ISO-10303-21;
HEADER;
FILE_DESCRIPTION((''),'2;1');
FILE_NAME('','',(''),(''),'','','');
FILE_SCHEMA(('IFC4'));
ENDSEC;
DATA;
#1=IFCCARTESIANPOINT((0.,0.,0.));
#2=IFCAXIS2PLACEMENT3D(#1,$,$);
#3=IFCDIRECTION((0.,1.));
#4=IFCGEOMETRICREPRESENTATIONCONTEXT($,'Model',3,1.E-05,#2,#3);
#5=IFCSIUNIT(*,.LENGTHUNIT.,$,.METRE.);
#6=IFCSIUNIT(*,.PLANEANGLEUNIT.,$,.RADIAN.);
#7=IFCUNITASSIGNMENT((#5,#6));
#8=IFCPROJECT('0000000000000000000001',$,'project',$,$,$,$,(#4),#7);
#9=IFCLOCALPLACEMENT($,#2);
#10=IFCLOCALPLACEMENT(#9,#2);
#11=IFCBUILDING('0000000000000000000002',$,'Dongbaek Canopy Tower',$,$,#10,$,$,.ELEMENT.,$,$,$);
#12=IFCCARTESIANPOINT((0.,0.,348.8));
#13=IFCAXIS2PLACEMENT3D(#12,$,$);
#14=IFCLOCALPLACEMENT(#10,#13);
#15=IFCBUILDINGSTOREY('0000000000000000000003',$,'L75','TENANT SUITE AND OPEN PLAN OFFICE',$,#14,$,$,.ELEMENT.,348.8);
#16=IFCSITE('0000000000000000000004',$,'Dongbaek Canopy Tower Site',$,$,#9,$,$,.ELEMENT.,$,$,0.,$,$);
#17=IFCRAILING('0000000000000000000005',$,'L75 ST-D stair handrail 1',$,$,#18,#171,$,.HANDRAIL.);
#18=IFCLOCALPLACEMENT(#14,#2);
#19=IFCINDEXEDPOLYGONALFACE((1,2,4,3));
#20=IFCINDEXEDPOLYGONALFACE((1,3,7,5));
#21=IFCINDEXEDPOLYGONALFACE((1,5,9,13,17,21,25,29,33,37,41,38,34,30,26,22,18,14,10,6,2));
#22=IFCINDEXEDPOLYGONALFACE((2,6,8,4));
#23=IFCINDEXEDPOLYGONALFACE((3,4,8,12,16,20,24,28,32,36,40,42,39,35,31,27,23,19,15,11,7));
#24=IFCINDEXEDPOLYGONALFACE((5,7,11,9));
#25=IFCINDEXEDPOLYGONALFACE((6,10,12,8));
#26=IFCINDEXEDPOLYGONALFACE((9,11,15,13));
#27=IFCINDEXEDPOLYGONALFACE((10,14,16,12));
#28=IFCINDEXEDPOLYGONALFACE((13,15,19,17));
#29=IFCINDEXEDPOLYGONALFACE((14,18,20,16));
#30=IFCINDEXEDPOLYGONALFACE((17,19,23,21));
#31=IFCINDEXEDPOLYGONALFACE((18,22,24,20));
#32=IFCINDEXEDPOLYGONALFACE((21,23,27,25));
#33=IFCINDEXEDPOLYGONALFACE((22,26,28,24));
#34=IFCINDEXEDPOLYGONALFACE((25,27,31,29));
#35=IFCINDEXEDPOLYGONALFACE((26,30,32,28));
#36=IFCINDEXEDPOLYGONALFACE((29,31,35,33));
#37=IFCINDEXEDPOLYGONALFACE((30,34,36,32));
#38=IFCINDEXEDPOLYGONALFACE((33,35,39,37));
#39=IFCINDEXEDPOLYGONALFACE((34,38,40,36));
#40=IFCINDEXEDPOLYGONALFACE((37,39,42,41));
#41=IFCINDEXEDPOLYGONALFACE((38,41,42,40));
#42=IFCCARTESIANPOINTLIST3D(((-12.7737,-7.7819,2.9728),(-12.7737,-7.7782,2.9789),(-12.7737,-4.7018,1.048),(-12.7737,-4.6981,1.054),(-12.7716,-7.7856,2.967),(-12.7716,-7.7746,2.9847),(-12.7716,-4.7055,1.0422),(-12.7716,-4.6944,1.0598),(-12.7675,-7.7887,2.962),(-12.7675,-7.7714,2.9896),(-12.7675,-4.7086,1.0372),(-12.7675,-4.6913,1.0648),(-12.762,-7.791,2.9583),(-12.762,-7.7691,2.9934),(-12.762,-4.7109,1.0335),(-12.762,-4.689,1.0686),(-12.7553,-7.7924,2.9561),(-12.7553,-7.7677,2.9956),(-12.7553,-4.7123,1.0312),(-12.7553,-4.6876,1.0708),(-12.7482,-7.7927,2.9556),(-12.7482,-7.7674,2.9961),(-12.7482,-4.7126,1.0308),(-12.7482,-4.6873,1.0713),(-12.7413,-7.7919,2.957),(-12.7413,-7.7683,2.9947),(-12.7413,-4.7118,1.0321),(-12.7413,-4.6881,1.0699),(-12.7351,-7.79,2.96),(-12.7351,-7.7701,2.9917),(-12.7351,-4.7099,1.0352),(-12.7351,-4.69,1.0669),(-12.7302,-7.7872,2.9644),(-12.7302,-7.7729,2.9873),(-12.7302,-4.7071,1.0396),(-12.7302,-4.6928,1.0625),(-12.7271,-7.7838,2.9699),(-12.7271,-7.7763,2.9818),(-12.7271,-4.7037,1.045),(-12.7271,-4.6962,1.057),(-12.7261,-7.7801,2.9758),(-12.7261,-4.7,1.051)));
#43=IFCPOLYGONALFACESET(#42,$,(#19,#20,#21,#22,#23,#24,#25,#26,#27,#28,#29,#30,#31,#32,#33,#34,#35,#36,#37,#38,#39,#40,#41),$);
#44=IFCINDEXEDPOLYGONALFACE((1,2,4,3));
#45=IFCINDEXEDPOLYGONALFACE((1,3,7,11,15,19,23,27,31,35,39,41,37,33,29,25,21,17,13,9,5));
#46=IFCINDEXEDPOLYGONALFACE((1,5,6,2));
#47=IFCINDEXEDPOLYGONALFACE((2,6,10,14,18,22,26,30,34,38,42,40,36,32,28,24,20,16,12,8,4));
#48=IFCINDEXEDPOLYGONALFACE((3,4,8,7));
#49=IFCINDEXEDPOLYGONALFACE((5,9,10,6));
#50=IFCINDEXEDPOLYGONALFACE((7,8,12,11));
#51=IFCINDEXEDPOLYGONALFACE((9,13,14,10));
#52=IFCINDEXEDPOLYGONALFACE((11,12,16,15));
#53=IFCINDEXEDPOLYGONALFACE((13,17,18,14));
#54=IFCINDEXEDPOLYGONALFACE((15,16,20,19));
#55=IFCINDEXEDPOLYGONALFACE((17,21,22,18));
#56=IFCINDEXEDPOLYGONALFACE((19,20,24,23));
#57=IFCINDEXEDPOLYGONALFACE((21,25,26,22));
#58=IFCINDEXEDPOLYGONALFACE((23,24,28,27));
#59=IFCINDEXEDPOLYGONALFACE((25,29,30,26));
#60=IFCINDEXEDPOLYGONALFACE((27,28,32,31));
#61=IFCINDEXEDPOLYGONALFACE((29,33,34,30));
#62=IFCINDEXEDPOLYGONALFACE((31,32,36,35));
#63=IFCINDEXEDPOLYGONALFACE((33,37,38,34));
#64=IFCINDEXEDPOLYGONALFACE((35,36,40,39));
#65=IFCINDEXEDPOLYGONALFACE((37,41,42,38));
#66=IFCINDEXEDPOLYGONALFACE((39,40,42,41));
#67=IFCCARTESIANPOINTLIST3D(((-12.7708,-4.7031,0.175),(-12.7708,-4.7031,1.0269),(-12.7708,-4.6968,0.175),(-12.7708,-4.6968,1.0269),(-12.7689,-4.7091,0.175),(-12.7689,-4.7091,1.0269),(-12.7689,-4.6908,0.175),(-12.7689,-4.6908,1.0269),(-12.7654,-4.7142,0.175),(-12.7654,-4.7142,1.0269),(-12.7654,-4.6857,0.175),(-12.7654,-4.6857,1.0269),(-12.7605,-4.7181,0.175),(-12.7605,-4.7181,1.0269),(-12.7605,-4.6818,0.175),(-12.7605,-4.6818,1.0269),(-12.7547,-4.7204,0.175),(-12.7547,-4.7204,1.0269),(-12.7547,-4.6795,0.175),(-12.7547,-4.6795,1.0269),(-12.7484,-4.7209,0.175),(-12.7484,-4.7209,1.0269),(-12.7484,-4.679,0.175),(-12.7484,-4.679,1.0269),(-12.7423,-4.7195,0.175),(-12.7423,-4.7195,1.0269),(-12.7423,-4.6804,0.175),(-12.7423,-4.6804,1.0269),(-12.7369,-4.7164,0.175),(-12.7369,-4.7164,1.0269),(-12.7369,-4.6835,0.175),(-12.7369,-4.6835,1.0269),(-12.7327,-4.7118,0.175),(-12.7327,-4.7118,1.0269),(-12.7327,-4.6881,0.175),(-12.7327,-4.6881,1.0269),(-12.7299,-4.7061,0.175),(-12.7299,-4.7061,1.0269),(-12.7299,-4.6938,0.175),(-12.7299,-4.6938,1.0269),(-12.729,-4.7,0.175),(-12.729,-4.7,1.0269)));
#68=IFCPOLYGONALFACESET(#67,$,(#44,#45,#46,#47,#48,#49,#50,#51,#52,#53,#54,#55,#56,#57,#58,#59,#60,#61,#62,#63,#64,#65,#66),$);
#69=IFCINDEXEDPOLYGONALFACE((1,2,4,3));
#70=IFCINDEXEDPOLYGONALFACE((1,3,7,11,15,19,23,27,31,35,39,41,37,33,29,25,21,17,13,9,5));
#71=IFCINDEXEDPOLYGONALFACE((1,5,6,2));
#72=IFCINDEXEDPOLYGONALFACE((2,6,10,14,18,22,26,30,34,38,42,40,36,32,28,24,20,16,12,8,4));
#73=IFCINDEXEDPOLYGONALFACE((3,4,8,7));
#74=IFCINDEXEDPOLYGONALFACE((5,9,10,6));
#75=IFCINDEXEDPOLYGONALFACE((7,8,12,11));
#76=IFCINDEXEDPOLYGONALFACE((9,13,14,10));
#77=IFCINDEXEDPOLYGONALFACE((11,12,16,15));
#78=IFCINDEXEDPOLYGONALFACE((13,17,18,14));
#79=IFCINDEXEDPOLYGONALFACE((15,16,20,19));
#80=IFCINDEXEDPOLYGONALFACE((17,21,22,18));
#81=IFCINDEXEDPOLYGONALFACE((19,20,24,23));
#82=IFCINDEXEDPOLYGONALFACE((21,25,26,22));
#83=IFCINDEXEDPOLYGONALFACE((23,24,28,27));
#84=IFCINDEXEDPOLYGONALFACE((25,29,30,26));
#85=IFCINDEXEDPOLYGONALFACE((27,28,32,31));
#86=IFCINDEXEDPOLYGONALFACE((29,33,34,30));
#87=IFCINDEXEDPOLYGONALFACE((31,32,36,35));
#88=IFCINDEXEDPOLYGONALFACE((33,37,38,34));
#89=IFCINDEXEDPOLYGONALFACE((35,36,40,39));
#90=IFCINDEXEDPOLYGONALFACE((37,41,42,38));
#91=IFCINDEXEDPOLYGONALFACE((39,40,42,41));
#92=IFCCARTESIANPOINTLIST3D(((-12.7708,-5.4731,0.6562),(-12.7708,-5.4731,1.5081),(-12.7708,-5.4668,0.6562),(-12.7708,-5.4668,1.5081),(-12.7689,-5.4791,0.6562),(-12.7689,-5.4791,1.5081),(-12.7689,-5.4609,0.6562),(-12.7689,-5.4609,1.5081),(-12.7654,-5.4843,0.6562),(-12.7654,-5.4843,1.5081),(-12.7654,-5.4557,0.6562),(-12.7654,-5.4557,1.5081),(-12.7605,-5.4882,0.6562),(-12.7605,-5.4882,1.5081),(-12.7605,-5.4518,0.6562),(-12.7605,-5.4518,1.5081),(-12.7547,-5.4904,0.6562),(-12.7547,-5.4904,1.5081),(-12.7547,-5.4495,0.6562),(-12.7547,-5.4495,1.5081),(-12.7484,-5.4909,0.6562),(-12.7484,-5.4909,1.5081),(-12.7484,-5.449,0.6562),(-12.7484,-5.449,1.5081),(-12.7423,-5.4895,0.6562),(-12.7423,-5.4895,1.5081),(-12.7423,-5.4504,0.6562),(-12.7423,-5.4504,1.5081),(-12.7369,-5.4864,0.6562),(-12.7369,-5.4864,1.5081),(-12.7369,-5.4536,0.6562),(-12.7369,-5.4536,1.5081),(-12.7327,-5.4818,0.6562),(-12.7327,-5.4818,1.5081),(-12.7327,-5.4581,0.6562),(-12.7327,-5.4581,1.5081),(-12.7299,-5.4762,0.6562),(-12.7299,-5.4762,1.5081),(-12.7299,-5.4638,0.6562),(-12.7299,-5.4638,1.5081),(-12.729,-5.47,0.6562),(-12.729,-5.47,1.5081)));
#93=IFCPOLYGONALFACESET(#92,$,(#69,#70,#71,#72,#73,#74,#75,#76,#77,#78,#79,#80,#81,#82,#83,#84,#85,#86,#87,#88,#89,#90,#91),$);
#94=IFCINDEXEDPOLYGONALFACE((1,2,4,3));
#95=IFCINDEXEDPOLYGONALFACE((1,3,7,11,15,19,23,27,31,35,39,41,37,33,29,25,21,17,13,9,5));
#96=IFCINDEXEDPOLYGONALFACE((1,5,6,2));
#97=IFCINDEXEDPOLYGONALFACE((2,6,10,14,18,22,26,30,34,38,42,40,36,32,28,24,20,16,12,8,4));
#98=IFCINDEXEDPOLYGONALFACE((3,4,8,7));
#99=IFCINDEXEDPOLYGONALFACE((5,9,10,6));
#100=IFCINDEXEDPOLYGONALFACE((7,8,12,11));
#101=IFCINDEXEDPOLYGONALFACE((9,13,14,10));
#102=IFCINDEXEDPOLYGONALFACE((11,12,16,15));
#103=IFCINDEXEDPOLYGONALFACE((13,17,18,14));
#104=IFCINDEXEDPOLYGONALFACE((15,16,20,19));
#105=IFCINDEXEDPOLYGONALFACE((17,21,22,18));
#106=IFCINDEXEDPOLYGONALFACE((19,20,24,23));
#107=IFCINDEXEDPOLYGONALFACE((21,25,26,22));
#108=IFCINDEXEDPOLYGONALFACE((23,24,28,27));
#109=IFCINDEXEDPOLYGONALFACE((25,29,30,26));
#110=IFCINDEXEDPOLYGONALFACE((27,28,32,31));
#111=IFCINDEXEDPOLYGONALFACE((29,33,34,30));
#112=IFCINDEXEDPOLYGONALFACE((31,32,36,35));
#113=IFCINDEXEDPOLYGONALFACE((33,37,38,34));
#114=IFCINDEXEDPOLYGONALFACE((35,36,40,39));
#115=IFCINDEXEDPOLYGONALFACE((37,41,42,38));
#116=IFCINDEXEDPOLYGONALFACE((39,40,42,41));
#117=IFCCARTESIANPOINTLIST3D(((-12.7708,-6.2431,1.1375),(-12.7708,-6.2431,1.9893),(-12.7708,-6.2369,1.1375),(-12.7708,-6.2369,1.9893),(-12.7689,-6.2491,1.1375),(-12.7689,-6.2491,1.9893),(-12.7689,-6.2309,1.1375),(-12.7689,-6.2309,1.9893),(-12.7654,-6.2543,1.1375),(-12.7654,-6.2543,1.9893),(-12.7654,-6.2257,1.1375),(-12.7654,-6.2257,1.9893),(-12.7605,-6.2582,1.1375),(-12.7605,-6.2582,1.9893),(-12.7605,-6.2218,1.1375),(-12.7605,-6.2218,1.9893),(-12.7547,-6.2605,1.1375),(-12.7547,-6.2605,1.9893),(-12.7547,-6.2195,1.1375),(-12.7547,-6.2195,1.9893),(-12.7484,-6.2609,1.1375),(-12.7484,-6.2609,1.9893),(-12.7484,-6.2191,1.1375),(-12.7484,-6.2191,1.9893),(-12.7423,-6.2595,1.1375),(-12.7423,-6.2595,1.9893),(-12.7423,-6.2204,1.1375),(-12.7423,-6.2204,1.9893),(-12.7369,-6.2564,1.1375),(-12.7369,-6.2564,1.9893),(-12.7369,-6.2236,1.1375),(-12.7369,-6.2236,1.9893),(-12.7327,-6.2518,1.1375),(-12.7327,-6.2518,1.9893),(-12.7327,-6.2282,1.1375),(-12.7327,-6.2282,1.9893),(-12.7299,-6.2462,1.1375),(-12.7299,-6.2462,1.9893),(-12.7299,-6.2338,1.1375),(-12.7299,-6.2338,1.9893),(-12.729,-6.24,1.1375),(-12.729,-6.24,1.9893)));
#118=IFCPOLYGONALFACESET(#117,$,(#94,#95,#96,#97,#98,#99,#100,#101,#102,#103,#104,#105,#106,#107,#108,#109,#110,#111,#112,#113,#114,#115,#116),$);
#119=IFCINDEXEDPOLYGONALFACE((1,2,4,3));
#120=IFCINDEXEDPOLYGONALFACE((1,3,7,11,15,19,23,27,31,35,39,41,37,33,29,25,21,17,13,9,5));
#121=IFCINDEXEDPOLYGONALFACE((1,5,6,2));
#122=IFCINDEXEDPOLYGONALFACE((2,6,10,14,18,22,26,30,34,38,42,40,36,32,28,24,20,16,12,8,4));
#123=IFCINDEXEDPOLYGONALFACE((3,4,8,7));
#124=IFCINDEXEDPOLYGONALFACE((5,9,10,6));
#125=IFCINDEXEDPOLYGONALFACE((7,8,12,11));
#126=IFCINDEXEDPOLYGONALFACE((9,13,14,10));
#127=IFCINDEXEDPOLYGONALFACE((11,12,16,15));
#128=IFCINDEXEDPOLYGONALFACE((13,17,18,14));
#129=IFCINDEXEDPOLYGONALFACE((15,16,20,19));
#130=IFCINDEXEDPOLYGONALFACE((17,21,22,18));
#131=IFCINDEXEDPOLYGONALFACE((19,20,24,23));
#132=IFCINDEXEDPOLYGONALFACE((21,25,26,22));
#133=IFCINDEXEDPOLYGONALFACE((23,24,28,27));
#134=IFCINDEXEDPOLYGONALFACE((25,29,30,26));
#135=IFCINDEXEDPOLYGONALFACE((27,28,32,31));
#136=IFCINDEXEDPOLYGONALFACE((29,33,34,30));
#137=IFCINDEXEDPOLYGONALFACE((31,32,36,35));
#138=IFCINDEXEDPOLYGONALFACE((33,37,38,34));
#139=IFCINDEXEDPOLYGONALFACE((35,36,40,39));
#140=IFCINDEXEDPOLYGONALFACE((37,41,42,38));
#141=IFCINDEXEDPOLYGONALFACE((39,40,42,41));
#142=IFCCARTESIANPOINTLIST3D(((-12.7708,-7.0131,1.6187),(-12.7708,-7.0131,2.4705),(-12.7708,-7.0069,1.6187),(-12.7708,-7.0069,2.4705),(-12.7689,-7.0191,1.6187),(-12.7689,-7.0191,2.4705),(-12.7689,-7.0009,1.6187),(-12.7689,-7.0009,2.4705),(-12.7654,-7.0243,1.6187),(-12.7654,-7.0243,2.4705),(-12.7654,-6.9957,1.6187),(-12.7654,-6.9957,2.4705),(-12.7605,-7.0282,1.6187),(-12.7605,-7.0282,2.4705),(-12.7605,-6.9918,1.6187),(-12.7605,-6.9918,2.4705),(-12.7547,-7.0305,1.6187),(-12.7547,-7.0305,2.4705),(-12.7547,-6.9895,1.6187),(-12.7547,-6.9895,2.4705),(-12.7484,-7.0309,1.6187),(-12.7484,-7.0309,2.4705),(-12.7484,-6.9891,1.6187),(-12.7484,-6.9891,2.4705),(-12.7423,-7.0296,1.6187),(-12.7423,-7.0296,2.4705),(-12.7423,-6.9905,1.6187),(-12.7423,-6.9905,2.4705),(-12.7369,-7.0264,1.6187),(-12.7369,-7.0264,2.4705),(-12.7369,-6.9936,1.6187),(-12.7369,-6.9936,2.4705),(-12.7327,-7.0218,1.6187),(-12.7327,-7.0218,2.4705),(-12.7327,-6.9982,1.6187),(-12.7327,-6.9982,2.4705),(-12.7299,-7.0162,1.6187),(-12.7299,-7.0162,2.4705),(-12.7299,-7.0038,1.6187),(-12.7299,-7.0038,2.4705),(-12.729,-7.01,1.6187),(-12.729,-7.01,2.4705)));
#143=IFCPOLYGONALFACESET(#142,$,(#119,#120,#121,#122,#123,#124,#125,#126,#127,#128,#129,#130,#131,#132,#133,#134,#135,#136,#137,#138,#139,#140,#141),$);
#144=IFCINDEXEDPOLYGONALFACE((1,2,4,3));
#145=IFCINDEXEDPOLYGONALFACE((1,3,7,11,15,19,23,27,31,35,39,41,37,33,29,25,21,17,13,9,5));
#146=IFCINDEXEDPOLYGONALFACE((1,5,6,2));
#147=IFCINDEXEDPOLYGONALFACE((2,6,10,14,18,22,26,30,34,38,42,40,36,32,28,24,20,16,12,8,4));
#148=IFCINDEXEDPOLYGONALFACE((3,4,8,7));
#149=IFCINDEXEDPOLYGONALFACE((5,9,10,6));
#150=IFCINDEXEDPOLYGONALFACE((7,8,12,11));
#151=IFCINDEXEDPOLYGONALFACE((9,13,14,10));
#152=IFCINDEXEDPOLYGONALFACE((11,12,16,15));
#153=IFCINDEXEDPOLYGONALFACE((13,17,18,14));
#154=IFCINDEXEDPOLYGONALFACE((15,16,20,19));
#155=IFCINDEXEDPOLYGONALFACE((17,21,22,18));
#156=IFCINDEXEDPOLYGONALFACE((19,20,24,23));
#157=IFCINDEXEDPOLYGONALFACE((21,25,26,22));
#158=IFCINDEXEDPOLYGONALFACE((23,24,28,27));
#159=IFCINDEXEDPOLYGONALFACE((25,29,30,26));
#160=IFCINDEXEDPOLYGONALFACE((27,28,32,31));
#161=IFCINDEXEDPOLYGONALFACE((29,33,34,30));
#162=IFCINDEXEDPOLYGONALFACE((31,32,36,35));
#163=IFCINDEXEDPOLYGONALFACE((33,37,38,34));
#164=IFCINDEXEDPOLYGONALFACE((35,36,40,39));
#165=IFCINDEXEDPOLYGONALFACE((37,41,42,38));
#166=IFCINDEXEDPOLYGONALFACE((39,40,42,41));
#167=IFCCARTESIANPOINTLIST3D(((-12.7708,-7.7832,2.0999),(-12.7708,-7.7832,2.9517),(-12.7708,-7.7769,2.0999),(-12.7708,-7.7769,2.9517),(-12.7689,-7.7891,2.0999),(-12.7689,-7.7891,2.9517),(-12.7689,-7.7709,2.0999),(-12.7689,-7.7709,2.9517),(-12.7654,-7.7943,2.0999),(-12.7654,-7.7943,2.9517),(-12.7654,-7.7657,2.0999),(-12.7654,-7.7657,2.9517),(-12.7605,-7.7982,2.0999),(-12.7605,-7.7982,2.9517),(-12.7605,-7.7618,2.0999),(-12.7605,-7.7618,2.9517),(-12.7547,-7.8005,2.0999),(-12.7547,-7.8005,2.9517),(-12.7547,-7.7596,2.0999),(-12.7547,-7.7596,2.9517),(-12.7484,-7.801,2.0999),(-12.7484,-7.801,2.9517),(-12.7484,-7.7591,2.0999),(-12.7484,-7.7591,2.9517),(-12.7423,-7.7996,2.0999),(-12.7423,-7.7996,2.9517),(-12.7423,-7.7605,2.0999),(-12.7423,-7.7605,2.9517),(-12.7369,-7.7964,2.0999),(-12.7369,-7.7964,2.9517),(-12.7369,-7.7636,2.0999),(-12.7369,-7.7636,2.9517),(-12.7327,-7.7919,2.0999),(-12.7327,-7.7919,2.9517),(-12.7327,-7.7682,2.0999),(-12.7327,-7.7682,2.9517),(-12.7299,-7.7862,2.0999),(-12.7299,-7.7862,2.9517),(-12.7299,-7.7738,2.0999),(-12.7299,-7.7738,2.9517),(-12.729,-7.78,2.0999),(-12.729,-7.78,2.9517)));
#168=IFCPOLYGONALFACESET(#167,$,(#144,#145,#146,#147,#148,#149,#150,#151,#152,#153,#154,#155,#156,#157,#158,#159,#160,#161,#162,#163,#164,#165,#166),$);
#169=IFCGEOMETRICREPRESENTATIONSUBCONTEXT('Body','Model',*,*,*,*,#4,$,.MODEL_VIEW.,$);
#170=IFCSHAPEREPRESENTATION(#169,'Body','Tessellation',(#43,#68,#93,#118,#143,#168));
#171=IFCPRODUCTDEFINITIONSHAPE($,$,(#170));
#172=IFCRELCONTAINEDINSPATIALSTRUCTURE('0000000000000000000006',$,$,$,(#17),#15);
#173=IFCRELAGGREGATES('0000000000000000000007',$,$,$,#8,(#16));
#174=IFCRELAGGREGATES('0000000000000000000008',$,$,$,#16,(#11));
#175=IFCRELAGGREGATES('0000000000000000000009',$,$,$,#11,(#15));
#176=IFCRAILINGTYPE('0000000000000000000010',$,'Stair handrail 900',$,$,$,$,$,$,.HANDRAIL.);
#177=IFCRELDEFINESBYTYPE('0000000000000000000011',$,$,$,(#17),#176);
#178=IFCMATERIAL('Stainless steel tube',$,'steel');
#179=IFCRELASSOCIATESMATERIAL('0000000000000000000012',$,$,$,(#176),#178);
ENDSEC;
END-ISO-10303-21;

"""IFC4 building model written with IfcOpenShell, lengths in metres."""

from ifc_helpers import new_model, si_unit, direction, frame, origin, origin_2d, place, context, subcontext, project, spatial, circle, extrude, material, type_object, element, save


model = new_model("IFC4")

# Units and contexts
model_context = context("Model", 3, precision=1e-05, world=origin(), true_north=direction((0.0, 1.0)))
body_context = subcontext(model_context, "Body", "Model", "MODEL_VIEW")
ifc_project = project(units=[si_unit("LENGTHUNIT", "METRE"), si_unit("PLANEANGLEUNIT", "RADIAN")], contexts=[model_context])

# Site, building, storey
site_placement = place(None, origin())
site = spatial("IfcSite", under=ifc_project, at=site_placement, Name="Dongbaek Canopy Tower Site", CompositionType="ELEMENT", RefElevation=0.0)
building_placement = place(site_placement, origin())
building = spatial("IfcBuilding", under=site, at=building_placement, Name="Dongbaek Canopy Tower", CompositionType="ELEMENT")
storey_placement = place(building_placement, frame((0.0, 0.0, 348.8)))
storey = spatial("IfcBuildingStorey", under=building, at=storey_placement, Name="L75", Description="TENANT SUITE AND OPEN PLAN OFFICE", CompositionType="ELEMENT", Elevation=348.8)

# Railing
ifc_material_1 = material(Name="Stainless steel tube", Category="steel")
railing_type_1 = type_object("IfcRailingType", Name="Stair handrail 900", PredefinedType="HANDRAIL", material=ifc_material_1)
railing_1_placement = place(storey_placement, frame((-12.75, -4.7, 0.175)))
element("IfcRailing", 1, at=railing_1_placement, inside=storey, type_object=railing_type_1, Name="L75 ST-D stair handrail 1", PredefinedType="HANDRAIL", context=body_context, shape_type="SweptSolid", body=[
    extrude(circle(Radius=0.0239, at=origin_2d()), frame((0.0, 0.0, 0.876), z_axis=(0.0, -0.848029, 0.529951), x_axis=(1.0, 0.0, 0.0)), (0.0, 0.0, 1.0), 3.6321),
    extrude(circle(Radius=0.021, at=origin_2d()), origin(), (0.0, 0.0, 1.0), 0.8518),
    extrude(circle(Radius=0.021, at=origin_2d()), frame((0.0, -0.77, 0.4812)), (0.0, 0.0, 1.0), 0.8518),
    extrude(circle(Radius=0.021, at=origin_2d()), frame((0.0, -1.54, 0.9624)), (0.0, 0.0, 1.0), 0.8518),
    extrude(circle(Radius=0.021, at=origin_2d()), frame((0.0, -2.3101, 1.4436)), (0.0, 0.0, 1.0), 0.8518),
    extrude(circle(Radius=0.021, at=origin_2d()), frame((0.0, -3.0801, 1.9248)), (0.0, 0.0, 1.0), 0.8518),
])

save(model, "model.ifc")
